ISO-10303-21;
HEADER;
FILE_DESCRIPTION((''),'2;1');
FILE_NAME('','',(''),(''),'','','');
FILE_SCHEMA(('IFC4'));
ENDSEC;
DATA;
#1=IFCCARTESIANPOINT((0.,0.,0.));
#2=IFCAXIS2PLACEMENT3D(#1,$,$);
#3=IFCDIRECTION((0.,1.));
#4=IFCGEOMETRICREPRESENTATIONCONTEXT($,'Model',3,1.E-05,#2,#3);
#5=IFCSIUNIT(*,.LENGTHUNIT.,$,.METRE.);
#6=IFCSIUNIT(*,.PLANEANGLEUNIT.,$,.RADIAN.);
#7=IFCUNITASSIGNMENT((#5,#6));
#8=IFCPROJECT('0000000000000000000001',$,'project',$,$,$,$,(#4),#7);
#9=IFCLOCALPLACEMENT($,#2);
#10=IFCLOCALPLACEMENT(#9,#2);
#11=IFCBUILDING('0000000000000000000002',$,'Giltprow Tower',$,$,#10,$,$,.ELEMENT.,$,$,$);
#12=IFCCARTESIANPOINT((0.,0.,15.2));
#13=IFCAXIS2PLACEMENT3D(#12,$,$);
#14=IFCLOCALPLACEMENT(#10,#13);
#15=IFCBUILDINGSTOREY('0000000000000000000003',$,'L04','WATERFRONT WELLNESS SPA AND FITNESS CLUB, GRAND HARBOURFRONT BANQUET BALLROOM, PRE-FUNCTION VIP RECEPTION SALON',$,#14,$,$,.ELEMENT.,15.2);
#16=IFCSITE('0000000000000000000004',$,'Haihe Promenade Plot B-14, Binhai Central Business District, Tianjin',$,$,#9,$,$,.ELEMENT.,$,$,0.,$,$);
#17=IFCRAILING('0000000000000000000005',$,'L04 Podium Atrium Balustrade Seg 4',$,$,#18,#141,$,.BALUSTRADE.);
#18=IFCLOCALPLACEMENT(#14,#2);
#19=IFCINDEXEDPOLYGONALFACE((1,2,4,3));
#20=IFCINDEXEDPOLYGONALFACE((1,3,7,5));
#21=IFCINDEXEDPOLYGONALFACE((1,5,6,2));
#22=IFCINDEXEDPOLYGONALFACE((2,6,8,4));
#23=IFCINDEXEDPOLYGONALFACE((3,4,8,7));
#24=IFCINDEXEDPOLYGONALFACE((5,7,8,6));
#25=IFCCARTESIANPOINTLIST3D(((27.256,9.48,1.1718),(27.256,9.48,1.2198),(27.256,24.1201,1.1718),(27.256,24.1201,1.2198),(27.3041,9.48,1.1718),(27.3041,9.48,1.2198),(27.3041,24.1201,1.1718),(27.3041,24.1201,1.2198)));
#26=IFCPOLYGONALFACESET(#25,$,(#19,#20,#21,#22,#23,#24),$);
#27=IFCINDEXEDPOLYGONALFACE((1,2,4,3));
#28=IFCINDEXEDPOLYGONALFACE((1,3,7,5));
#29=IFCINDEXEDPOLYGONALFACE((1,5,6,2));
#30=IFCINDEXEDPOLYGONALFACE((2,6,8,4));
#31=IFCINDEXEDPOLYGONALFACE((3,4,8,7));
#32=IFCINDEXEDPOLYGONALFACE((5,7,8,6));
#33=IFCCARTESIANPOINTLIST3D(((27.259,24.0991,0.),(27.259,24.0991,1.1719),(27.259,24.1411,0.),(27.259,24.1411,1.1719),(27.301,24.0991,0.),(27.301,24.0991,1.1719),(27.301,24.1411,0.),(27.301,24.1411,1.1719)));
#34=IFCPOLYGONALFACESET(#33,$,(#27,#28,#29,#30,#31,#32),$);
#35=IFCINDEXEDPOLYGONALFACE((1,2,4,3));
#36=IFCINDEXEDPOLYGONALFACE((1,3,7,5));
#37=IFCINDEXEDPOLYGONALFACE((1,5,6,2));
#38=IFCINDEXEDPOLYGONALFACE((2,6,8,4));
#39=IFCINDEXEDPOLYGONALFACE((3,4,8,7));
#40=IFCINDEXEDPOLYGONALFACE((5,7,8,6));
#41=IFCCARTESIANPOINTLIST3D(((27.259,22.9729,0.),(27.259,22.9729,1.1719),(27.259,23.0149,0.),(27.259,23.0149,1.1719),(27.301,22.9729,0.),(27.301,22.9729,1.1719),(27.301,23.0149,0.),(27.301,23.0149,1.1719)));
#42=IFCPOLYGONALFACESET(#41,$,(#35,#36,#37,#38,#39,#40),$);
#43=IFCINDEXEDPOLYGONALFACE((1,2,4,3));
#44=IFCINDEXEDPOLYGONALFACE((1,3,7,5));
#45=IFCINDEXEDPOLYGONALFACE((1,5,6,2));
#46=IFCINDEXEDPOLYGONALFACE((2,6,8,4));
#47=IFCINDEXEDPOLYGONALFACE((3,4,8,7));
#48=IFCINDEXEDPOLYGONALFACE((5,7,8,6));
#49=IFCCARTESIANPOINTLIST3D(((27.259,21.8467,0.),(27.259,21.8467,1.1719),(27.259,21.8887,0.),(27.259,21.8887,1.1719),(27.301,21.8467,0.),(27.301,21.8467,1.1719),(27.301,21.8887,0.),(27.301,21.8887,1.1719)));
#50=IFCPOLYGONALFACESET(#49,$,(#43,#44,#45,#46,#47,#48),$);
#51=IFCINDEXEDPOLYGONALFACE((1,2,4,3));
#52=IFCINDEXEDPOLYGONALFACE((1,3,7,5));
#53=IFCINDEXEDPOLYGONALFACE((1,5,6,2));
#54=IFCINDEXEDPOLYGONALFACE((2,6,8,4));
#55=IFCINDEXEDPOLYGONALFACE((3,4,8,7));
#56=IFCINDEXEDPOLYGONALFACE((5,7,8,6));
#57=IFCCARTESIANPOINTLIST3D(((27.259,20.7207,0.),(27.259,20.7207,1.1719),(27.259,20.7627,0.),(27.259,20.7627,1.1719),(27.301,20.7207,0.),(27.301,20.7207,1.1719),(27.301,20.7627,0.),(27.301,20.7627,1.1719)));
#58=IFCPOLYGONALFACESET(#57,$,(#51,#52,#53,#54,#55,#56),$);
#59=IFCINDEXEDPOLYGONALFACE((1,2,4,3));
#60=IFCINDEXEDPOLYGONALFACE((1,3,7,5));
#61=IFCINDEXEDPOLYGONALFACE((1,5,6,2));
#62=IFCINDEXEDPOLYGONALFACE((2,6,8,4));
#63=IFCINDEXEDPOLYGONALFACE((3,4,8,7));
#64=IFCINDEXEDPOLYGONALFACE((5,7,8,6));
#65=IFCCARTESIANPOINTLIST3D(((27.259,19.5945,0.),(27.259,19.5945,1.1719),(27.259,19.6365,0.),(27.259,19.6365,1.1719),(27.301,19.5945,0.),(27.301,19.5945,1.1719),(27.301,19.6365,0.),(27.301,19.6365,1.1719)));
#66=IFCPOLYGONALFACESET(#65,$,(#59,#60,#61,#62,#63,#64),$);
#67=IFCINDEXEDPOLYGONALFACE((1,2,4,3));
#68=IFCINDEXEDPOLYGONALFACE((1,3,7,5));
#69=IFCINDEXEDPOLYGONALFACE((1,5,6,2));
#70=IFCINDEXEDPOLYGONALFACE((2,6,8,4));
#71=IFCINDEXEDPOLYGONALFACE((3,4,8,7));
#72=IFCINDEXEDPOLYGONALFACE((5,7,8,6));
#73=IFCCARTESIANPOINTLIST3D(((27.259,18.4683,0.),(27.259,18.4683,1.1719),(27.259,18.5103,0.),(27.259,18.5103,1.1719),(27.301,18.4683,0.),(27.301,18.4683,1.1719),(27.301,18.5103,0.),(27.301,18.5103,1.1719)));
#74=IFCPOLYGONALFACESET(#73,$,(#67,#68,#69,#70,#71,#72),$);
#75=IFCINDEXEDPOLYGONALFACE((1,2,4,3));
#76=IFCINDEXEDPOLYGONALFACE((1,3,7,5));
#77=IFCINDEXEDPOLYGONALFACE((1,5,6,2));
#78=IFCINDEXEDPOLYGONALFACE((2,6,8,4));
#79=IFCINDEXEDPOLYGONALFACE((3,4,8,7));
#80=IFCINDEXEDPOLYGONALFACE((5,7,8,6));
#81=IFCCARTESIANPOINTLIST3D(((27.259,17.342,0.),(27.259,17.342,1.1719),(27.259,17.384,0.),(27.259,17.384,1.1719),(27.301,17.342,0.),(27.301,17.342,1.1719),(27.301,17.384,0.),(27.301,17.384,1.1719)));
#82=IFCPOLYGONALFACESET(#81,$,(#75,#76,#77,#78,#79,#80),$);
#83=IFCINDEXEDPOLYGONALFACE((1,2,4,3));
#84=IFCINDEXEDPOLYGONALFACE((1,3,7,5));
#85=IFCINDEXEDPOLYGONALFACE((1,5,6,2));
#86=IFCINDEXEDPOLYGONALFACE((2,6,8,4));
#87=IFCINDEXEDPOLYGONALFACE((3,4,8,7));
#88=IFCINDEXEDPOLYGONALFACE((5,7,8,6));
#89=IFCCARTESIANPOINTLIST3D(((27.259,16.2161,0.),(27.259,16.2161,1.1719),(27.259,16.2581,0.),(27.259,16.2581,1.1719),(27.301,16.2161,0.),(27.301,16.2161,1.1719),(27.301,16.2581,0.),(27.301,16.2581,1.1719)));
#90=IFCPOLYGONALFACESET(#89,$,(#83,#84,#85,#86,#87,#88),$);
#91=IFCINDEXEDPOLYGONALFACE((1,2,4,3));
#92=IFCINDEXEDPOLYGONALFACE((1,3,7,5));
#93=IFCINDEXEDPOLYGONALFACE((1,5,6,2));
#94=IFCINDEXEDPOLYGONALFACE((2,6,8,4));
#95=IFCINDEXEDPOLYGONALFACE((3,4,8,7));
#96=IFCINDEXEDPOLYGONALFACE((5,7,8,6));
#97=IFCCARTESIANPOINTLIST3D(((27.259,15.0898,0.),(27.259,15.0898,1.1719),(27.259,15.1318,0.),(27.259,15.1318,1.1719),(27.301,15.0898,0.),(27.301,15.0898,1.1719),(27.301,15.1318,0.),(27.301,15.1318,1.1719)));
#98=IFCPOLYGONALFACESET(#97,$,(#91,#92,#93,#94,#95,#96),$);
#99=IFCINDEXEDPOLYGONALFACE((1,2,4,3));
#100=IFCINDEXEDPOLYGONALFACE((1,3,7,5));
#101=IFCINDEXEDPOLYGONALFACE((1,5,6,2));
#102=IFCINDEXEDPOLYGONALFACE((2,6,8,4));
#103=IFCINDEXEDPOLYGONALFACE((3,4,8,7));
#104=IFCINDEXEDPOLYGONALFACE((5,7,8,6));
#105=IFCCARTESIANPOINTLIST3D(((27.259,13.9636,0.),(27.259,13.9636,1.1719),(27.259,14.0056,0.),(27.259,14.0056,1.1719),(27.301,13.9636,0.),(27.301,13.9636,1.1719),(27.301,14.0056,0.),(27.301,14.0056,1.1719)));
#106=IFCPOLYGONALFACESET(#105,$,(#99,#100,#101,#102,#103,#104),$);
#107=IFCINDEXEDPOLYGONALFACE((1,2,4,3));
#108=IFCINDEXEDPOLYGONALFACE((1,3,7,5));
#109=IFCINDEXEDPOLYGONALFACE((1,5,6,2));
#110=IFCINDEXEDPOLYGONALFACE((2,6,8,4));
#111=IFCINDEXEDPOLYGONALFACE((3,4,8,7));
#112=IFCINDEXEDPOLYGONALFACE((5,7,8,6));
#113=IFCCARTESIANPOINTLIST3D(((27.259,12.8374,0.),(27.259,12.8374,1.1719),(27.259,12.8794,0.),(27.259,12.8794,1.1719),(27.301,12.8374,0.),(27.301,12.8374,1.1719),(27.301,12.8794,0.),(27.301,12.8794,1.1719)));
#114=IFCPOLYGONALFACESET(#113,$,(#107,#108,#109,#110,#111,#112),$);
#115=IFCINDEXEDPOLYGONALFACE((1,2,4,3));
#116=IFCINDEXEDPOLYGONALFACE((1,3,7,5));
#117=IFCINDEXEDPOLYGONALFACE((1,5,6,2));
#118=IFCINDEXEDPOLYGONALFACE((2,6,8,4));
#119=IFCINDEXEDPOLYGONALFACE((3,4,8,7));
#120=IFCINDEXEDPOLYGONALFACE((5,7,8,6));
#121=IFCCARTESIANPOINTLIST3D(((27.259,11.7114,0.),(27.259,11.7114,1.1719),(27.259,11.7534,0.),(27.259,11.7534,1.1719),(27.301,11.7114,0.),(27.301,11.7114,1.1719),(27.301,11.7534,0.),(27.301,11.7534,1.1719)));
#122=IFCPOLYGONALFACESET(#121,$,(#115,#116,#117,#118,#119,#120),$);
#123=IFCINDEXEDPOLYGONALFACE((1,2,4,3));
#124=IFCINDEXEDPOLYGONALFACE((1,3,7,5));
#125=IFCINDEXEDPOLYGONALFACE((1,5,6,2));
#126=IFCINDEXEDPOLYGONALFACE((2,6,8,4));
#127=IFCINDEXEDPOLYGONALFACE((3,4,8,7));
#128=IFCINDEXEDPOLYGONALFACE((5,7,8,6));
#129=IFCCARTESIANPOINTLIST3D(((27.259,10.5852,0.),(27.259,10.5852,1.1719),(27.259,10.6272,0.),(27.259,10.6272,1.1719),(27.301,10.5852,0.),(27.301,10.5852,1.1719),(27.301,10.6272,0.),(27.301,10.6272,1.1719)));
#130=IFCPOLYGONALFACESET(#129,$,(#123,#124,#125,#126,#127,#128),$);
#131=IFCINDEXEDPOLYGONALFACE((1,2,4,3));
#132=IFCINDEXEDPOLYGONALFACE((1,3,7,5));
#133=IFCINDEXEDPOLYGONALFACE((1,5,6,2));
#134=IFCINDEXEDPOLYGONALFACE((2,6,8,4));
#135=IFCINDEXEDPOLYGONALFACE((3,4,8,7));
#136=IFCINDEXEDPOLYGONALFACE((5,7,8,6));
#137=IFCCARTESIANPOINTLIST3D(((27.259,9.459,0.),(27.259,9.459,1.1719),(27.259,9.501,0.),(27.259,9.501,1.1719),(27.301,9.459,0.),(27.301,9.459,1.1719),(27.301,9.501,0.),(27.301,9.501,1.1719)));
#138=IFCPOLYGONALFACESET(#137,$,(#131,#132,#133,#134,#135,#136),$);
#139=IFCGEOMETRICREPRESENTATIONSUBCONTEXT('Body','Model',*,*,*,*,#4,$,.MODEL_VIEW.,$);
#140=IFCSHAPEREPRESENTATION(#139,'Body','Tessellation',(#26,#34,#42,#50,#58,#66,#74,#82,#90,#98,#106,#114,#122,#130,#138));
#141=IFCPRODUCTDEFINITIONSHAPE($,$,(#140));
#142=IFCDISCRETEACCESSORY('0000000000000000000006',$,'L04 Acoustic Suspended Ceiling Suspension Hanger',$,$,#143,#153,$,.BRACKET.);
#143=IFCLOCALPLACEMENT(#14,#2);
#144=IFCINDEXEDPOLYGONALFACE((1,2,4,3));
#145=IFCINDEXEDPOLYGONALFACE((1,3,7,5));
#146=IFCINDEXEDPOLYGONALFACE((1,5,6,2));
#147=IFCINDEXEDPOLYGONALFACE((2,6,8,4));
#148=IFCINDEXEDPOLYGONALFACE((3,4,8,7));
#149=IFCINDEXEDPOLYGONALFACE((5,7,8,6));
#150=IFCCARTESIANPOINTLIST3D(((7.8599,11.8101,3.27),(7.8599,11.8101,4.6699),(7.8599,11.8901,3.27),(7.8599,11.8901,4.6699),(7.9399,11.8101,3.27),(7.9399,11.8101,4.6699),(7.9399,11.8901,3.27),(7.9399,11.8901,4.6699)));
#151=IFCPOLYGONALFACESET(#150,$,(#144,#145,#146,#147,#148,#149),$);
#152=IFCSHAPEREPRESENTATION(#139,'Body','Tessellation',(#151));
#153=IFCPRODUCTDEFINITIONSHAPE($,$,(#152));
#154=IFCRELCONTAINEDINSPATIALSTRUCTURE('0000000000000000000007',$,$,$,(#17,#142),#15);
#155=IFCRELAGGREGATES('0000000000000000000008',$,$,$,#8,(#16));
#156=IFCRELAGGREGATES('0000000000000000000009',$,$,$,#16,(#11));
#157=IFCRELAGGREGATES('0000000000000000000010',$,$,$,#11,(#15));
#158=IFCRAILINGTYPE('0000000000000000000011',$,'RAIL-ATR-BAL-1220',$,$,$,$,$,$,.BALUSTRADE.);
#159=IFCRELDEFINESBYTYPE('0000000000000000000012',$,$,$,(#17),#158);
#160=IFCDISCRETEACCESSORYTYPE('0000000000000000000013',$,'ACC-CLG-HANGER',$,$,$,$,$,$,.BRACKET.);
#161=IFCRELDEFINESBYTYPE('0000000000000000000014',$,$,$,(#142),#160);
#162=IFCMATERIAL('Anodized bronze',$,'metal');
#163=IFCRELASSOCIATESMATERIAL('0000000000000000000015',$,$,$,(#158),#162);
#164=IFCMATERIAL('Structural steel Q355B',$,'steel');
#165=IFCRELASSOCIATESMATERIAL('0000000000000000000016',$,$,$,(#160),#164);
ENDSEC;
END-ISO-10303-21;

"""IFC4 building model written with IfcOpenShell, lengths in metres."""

from ifc_helpers import new_model, si_unit, direction, frame, origin, origin_2d, place, context, subcontext, project, spatial, rectangle, extrude, source, transform, mapped, material, type_object, element, save


model = new_model("IFC4")

# Units and contexts
model_context = context("Model", 3, precision=1e-05, world=origin(), true_north=direction((0.0, 1.0)))
body_context = subcontext(model_context, "Body", "Model", "MODEL_VIEW")
ifc_project = project(units=[si_unit("LENGTHUNIT", "METRE"), si_unit("PLANEANGLEUNIT", "RADIAN")], contexts=[model_context])

# Site, building, storey
site_placement = place(None, origin())
site = spatial("IfcSite", under=ifc_project, at=site_placement, Name="Haihe Promenade Plot B-14, Binhai Central Business District, Tianjin", CompositionType="ELEMENT", RefElevation=0.0)
building_placement = place(site_placement, origin())
building = spatial("IfcBuilding", under=site, at=building_placement, Name="Giltprow Tower", CompositionType="ELEMENT")
storey_placement = place(building_placement, frame((0.0, 0.0, 15.2)))
storey = spatial("IfcBuildingStorey", under=building, at=storey_placement, Name="L04", Description="WATERFRONT WELLNESS SPA AND FITNESS CLUB, GRAND HARBOURFRONT BANQUET BALLROOM, PRE-FUNCTION VIP RECEPTION SALON", CompositionType="ELEMENT", Elevation=15.2)

# Shared definitions
ifc_material_1 = material(Name="Structural steel Q355B", Category="steel")

# Railing
ifc_material_2 = material(Name="Anodized bronze", Category="metal")
railing_type = type_object("IfcRailingType", Name="RAIL-ATR-BAL-1220", PredefinedType="BALUSTRADE", material=ifc_material_2)
railing_1_placement = place(storey_placement, frame((27.28, 24.1201, 0.0)))
element("IfcRailing", 1, at=railing_1_placement, inside=storey, type_object=railing_type, Name="L04 Podium Atrium Balustrade Seg 4", PredefinedType="BALUSTRADE", context=body_context, shape_type="SweptSolid", body=[
    extrude(rectangle(XDim=0.0481, YDim=0.0481, at=origin_2d()), frame((0.0, 0.0, 1.1958), z_axis=(0.0, -1.0, 0.0), x_axis=(1.0, 0.0, 0.0)), (0.0, 0.0, 1.0), 14.6401),
    extrude(rectangle(XDim=0.042, YDim=0.042, at=origin_2d()), origin(), (0.0, 0.0, 1.0), 1.1719),
    extrude(rectangle(XDim=0.042, YDim=0.042, at=origin_2d()), frame((0.0, -1.1262, 0.0)), (0.0, 0.0, 1.0), 1.1719),
    extrude(rectangle(XDim=0.042, YDim=0.042, at=origin_2d()), frame((0.0, -2.2524, 0.0)), (0.0, 0.0, 1.0), 1.1719),
    extrude(rectangle(XDim=0.042, YDim=0.042, at=origin_2d()), frame((0.0, -3.3784, 0.0)), (0.0, 0.0, 1.0), 1.1719),
    extrude(rectangle(XDim=0.042, YDim=0.042, at=origin_2d()), frame((0.0, -4.5046, 0.0)), (0.0, 0.0, 1.0), 1.1719),
    extrude(rectangle(XDim=0.042, YDim=0.042, at=origin_2d()), frame((0.0, -5.6309, 0.0)), (0.0, 0.0, 1.0), 1.1719),
    extrude(rectangle(XDim=0.042, YDim=0.042, at=origin_2d()), frame((0.0, -6.7571, 0.0)), (0.0, 0.0, 1.0), 1.1719),
    extrude(rectangle(XDim=0.042, YDim=0.042, at=origin_2d()), frame((0.0, -7.8831, 0.0)), (0.0, 0.0, 1.0), 1.1719),
    extrude(rectangle(XDim=0.042, YDim=0.042, at=origin_2d()), frame((0.0, -9.0093, 0.0)), (0.0, 0.0, 1.0), 1.1719),
    extrude(rectangle(XDim=0.042, YDim=0.042, at=origin_2d()), frame((0.0, -10.1355, 0.0)), (0.0, 0.0, 1.0), 1.1719),
    extrude(rectangle(XDim=0.042, YDim=0.042, at=origin_2d()), frame((0.0, -11.2617, 0.0)), (0.0, 0.0, 1.0), 1.1719),
    extrude(rectangle(XDim=0.042, YDim=0.042, at=origin_2d()), frame((0.0, -12.3877, 0.0)), (0.0, 0.0, 1.0), 1.1719),
    extrude(rectangle(XDim=0.042, YDim=0.042, at=origin_2d()), frame((0.0, -13.5139, 0.0)), (0.0, 0.0, 1.0), 1.1719),
    extrude(rectangle(XDim=0.042, YDim=0.042, at=origin_2d()), frame((0.0, -14.6401, 0.0)), (0.0, 0.0, 1.0), 1.1719),
])

# Discrete accessory
discrete_accessory_type = type_object("IfcDiscreteAccessoryType", Name="ACC-CLG-HANGER", PredefinedType="BRACKET", material=ifc_material_1)
shared_shape_1 = source(origin(), body_context, "Body", "SweptSolid", [
    extrude(rectangle(XDim=0.0801, YDim=0.0801, at=origin_2d()), origin(), (0.0, 0.0, 1.0), 1.3999),
])
discrete_accessory_placement = place(storey_placement, frame((7.8999, 11.8501, 3.27), z_axis=(0.0, 0.0, 1.0), x_axis=(1.0, 0.0, 0.0)))
element("IfcDiscreteAccessory", 2, at=discrete_accessory_placement, inside=storey, type_object=discrete_accessory_type, Name="L04 Acoustic Suspended Ceiling Suspension Hanger", PredefinedType="BRACKET", context=body_context, shape_type="MappedRepresentation", body=[
    mapped(shared_shape_1, transform((0.0, 0.0, 0.0), x_axis=(1.0, 0.0, 0.0), y_axis=(0.0, 1.0, 0.0), z_axis=(0.0, 0.0, 1.0), scale=1.0)),
])

save(model, "model.ifc")
